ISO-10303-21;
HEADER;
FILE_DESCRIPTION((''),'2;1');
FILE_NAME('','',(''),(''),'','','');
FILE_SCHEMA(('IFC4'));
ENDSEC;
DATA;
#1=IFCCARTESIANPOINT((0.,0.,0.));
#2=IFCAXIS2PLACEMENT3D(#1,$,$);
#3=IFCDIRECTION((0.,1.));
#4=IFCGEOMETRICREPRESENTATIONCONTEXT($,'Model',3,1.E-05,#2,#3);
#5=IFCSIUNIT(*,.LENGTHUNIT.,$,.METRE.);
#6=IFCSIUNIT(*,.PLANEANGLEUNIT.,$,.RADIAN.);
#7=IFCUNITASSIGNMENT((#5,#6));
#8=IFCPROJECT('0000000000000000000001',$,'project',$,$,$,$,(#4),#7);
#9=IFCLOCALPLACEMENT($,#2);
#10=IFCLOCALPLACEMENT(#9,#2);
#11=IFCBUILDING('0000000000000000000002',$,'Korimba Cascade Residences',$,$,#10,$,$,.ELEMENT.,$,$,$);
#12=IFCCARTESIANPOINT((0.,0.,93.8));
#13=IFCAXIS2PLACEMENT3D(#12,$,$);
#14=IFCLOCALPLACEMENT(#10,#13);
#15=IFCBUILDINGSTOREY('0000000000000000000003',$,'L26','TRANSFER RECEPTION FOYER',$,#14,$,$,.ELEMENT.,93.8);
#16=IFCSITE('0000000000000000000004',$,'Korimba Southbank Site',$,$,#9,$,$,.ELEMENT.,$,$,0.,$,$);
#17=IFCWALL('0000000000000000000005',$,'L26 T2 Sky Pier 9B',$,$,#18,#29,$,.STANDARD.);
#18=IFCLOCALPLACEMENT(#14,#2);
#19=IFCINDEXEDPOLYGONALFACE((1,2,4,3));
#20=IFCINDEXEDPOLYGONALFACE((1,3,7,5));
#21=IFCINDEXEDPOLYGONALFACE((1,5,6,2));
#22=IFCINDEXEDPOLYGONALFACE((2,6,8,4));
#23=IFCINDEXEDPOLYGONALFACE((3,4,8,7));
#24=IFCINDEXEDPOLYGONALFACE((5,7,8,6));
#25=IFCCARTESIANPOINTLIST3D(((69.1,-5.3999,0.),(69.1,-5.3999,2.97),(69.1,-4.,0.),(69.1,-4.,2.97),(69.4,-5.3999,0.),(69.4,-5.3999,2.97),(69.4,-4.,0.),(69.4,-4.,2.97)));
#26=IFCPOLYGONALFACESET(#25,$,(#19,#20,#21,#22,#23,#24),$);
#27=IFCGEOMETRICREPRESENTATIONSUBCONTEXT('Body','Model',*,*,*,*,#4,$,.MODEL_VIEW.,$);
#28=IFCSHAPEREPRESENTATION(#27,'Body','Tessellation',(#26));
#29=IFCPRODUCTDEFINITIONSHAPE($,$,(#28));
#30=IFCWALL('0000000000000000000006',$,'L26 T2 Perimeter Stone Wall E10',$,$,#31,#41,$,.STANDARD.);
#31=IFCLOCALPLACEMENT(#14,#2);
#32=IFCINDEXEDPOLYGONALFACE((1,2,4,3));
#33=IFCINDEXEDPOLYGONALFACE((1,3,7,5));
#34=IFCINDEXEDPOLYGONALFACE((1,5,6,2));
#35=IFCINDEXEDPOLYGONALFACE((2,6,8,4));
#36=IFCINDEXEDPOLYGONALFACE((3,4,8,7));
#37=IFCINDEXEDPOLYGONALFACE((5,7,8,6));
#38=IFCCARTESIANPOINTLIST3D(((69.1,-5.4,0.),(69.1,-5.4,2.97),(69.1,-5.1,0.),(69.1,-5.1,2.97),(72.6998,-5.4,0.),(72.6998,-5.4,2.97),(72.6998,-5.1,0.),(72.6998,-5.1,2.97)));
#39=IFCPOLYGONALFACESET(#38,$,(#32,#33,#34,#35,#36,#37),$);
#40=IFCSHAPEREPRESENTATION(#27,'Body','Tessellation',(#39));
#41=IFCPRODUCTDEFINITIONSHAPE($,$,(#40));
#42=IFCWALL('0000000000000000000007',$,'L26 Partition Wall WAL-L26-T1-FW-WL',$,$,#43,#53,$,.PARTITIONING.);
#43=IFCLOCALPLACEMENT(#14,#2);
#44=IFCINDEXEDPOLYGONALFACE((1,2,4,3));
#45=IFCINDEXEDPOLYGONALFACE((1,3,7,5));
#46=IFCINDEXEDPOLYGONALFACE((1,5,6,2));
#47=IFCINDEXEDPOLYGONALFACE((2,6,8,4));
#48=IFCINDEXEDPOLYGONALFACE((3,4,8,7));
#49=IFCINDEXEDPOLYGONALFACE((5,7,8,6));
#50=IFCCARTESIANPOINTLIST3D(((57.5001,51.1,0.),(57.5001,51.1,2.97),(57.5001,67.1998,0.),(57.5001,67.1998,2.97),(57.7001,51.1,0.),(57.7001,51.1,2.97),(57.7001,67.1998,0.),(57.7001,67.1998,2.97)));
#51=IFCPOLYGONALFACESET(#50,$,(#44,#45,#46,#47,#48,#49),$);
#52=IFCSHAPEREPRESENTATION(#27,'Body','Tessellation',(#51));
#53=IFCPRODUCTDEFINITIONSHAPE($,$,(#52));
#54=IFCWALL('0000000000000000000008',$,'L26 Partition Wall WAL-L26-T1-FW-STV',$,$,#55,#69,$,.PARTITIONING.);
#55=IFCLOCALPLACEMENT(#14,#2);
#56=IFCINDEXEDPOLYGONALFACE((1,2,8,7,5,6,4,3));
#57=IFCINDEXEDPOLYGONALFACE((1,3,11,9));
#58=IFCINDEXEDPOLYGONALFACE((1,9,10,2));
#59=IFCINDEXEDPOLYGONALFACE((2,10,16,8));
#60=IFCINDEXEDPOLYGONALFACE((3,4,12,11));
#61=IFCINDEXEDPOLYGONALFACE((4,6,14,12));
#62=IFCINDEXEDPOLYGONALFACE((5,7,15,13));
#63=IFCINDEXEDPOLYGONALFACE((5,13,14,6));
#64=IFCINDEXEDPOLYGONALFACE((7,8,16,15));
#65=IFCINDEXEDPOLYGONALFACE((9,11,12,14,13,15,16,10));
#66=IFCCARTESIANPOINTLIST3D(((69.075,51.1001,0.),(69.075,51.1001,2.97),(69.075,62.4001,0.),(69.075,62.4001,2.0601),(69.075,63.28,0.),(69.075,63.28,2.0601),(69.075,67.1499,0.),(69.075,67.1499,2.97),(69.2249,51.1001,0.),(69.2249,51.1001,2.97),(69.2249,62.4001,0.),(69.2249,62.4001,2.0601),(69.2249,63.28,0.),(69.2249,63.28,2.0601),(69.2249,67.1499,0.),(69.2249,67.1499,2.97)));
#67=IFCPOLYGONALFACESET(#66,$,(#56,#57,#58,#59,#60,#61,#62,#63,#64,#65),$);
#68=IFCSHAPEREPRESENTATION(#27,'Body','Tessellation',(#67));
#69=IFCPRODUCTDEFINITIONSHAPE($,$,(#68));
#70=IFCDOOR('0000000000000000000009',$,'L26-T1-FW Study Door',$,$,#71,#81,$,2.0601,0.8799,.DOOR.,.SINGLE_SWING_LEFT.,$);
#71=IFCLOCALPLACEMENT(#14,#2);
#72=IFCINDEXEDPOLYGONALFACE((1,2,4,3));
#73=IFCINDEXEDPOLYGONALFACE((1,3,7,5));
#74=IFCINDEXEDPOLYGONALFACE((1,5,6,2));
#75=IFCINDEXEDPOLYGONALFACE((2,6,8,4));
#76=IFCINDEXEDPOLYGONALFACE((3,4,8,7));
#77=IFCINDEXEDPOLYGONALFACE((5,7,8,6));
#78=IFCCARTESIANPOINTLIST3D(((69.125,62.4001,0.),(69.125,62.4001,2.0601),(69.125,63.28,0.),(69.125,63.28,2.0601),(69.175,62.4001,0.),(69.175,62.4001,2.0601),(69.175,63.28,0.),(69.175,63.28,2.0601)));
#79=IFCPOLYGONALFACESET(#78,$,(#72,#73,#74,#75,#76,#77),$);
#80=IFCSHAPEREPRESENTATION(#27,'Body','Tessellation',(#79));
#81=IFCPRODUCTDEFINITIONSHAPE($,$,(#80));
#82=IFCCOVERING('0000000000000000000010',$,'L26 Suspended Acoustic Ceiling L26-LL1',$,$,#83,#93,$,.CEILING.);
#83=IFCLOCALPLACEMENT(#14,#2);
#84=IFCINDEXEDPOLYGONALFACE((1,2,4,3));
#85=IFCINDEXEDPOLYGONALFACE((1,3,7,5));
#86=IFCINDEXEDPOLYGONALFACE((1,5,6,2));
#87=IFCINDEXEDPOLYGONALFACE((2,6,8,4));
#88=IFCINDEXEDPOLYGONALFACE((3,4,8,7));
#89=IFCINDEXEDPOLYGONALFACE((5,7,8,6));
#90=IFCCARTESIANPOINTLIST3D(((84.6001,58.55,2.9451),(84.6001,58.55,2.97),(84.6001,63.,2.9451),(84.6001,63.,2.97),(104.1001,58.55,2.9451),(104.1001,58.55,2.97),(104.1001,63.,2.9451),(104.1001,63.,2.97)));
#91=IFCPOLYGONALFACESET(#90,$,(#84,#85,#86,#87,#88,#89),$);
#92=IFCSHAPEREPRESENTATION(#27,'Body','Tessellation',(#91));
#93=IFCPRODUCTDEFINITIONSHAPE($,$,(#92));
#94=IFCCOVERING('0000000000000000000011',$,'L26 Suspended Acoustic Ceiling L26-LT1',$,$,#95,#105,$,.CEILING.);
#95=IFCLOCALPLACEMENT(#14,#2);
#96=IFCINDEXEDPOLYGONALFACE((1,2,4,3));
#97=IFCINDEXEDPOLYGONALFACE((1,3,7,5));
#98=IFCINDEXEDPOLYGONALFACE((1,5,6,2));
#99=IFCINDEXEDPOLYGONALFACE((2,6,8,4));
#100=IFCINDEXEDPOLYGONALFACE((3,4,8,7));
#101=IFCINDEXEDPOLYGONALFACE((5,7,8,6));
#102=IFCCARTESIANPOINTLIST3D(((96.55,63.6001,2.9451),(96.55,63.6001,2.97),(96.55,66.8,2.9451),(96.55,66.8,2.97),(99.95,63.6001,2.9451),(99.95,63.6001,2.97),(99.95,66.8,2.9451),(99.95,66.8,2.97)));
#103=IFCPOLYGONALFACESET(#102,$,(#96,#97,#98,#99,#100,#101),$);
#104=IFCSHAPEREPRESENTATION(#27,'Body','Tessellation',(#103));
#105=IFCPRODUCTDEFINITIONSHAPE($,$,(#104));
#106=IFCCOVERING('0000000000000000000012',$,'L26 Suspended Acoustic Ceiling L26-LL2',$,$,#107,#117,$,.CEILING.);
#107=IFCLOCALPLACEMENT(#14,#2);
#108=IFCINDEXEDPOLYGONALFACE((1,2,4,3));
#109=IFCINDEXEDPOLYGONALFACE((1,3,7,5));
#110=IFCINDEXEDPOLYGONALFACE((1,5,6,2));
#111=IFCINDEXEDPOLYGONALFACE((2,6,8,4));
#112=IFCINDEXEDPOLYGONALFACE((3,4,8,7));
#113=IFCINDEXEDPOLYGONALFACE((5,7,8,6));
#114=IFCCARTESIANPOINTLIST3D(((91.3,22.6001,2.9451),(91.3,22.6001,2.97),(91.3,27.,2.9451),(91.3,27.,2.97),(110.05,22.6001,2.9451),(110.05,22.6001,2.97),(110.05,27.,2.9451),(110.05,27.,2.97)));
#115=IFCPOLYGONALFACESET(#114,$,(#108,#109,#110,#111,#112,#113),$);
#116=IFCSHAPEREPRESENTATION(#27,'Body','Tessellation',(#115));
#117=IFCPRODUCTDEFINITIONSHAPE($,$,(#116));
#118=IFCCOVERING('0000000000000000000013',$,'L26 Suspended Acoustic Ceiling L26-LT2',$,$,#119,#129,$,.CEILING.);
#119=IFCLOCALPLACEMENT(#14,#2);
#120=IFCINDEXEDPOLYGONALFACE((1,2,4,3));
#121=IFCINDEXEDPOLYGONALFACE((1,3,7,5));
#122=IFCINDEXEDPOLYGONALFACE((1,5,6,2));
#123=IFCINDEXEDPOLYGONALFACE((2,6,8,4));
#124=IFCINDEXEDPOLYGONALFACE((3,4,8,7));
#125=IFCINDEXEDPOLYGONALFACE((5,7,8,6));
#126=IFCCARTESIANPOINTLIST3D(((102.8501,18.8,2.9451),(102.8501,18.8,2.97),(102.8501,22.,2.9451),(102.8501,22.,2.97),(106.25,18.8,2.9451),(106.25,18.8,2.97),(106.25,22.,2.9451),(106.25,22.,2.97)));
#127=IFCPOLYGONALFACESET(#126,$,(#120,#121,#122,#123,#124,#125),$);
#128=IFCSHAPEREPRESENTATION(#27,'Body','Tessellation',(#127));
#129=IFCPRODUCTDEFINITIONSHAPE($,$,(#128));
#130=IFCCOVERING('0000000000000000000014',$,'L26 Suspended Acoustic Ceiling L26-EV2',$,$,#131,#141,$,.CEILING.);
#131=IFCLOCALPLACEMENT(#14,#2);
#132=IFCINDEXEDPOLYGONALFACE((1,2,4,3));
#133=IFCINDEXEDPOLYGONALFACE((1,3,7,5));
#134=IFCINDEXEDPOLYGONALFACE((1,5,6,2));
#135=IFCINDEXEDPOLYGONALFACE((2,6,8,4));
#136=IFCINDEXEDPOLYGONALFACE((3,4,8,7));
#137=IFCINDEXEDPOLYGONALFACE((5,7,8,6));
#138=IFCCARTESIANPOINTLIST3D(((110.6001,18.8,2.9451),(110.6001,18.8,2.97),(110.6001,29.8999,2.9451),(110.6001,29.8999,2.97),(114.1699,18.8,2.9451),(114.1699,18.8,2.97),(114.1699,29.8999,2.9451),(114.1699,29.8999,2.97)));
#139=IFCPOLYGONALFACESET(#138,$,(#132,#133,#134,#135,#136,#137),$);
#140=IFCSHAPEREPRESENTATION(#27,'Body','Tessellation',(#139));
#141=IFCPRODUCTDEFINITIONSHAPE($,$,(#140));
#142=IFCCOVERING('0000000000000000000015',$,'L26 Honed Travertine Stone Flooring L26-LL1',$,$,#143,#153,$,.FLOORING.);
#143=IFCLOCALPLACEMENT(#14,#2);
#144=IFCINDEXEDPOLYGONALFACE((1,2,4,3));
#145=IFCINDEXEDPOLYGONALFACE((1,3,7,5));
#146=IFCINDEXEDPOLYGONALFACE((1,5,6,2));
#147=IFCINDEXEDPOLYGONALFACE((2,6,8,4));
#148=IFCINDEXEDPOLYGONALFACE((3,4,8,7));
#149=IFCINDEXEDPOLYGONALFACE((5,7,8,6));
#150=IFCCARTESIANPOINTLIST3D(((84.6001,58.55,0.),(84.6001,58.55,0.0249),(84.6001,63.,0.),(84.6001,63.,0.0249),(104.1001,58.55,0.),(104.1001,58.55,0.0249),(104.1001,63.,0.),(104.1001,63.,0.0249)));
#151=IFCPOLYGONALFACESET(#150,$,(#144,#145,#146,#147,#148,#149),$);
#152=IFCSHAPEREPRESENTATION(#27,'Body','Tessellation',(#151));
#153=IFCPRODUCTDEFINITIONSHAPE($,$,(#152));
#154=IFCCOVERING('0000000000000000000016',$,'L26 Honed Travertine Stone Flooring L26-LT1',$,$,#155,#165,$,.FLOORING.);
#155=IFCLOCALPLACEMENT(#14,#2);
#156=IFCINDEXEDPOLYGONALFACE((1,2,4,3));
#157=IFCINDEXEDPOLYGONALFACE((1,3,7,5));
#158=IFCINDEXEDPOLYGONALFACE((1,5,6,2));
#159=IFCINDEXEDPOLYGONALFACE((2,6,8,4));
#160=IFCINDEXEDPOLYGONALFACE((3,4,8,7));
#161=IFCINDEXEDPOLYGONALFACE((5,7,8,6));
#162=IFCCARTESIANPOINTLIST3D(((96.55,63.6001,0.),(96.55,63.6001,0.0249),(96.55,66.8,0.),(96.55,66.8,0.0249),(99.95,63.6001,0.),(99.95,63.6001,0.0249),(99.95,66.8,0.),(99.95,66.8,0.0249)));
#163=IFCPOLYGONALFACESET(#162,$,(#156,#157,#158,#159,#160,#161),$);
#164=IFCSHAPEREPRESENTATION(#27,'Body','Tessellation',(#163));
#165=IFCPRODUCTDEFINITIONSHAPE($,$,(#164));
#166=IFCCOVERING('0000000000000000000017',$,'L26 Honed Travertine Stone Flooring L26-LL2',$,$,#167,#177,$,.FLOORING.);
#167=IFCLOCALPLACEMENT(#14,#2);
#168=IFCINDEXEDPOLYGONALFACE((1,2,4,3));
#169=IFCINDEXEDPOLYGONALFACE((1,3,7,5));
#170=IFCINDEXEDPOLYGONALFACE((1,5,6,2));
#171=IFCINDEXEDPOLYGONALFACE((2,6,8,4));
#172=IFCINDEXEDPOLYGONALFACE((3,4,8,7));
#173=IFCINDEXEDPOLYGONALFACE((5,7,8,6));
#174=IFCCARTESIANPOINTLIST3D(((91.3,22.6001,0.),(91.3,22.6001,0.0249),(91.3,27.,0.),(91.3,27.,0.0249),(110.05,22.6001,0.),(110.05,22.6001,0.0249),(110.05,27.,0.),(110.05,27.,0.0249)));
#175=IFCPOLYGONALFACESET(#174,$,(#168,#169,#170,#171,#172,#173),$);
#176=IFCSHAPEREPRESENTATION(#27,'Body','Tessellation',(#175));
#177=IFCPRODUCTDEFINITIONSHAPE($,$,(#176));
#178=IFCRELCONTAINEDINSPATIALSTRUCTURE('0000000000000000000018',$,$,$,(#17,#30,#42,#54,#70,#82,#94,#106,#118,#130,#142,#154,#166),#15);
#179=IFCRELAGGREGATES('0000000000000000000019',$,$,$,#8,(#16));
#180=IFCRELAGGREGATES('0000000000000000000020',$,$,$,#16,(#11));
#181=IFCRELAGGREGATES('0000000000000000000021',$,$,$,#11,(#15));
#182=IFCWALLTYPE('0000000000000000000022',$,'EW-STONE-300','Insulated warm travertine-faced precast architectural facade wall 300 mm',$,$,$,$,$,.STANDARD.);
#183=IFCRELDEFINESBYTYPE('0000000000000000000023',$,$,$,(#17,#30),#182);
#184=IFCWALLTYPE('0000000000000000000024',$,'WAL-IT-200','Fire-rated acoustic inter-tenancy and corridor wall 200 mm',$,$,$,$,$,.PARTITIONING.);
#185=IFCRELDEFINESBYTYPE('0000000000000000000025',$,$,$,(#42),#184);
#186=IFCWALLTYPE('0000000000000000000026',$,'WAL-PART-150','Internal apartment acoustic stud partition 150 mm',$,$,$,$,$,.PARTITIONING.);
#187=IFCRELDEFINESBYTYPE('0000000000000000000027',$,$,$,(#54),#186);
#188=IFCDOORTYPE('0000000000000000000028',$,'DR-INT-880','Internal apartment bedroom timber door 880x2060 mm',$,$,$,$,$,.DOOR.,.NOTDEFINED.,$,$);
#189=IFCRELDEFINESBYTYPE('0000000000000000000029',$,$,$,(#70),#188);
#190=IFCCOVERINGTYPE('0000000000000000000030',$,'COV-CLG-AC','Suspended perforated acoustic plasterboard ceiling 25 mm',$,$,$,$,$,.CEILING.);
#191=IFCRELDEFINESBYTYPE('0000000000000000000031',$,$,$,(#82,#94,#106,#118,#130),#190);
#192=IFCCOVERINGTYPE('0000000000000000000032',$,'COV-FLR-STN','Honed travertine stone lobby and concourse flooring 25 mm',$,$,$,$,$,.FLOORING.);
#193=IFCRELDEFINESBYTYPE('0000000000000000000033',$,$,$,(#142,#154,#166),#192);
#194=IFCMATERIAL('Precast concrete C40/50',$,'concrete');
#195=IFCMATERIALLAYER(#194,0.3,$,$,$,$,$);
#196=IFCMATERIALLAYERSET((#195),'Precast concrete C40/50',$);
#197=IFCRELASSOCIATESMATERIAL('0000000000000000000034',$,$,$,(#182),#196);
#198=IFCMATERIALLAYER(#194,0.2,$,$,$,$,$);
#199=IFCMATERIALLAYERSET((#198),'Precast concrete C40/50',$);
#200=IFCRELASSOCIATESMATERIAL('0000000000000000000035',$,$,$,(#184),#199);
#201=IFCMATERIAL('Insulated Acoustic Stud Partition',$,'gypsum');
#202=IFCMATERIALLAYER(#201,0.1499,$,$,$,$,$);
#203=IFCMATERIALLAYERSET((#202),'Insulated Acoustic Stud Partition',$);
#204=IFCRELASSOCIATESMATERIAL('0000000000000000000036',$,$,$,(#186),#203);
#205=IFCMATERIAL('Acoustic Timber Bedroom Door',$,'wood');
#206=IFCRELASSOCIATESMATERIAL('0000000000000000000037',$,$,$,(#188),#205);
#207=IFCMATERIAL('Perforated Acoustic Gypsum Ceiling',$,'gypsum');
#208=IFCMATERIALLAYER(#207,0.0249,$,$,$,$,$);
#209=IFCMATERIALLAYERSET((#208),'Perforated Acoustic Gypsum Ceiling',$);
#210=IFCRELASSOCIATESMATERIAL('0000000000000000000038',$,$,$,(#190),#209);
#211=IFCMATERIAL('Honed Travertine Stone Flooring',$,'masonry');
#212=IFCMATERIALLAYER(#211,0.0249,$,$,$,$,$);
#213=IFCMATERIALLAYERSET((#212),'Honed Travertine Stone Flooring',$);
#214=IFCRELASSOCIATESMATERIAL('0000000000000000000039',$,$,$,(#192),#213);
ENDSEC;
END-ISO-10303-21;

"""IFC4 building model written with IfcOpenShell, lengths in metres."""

from ifc_helpers import new_model, si_unit, direction, frame, frame_2d, origin, place, context, subcontext, project, spatial, polyline, rectangle, outline, extrude, material, layer, layer_set, type_object, element, fill, save


model = new_model("IFC4")

# Units and contexts
model_context = context("Model", 3, precision=1e-05, world=origin(), true_north=direction((0.0, 1.0)))
body_context = subcontext(model_context, "Body", "Model", "MODEL_VIEW")
ifc_project = project(units=[si_unit("LENGTHUNIT", "METRE"), si_unit("PLANEANGLEUNIT", "RADIAN")], contexts=[model_context])

# Site, building, storey
site_placement = place(None, origin())
site = spatial("IfcSite", under=ifc_project, at=site_placement, Name="Korimba Southbank Site", CompositionType="ELEMENT", RefElevation=0.0)
building_placement = place(site_placement, origin())
building = spatial("IfcBuilding", under=site, at=building_placement, Name="Korimba Cascade Residences", CompositionType="ELEMENT")
storey_placement = place(building_placement, frame((0.0, 0.0, 93.8)))
storey = spatial("IfcBuildingStorey", under=building, at=storey_placement, Name="L26", Description="TRANSFER RECEPTION FOYER", CompositionType="ELEMENT", Elevation=93.8)

# Shared definitions
ifc_material_1 = material(Name="Precast concrete C40/50", Category="concrete")

# Shared definitions
ifc_layer_1 = layer(ifc_material_1, 0.3)
ifc_layer_set_1 = layer_set([ifc_layer_1], Name="Precast concrete C40/50")
wall_type_1 = type_object("IfcWallType", Name="EW-STONE-300", Description="Insulated warm travertine-faced precast architectural facade wall 300 mm", PredefinedType="STANDARD", material=ifc_layer_set_1)

# Walls
wall_1_placement = place(storey_placement, frame((69.25, -4.0, 0.0), z_axis=(0.0, 0.0, 1.0), x_axis=(0.0, -1.0, 0.0)))
element("IfcWall", 1, at=wall_1_placement, inside=storey, type_object=wall_type_1, Name="L26 T2 Sky Pier 9B", PredefinedType="STANDARD", context=body_context, shape_type="SweptSolid", body=[
    extrude(rectangle(XDim=1.3999, YDim=0.3, at=frame_2d((0.7, 0.0))), origin(), (0.0, 0.0, 1.0), 2.97),
])
wall_2_placement = place(storey_placement, frame((69.1001, -5.25, 0.0), z_axis=(0.0, 0.0, 1.0), x_axis=(1.0, 0.0, 0.0)))
element("IfcWall", 2, at=wall_2_placement, inside=storey, type_object=wall_type_1, Name="L26 T2 Perimeter Stone Wall E10", PredefinedType="STANDARD", context=body_context, shape_type="SweptSolid", body=[
    extrude(rectangle(XDim=3.5999, YDim=0.3, at=frame_2d((1.7998, 0.0))), origin(), (0.0, 0.0, 1.0), 2.97),
])
ifc_layer_2 = layer(ifc_material_1, 0.2)
ifc_layer_set_2 = layer_set([ifc_layer_2], Name="Precast concrete C40/50")
wall_type_2 = type_object("IfcWallType", Name="WAL-IT-200", Description="Fire-rated acoustic inter-tenancy and corridor wall 200 mm", PredefinedType="PARTITIONING", material=ifc_layer_set_2)
wall_3_placement = place(storey_placement, frame((57.6001, 51.1001, 0.0), z_axis=(0.0, 0.0, 1.0), x_axis=(0.0, 1.0, 0.0)))
element("IfcWall", 3, at=wall_3_placement, inside=storey, type_object=wall_type_2, Name="L26 Partition Wall WAL-L26-T1-FW-WL", PredefinedType="PARTITIONING", context=body_context, shape_type="SweptSolid", body=[
    extrude(rectangle(XDim=16.0999, YDim=0.2, at=frame_2d((8.0498, 0.0))), origin(), (0.0, 0.0, 1.0), 2.97),
])

# Wall, opening, door
ifc_material_2 = material(Name="Insulated Acoustic Stud Partition", Category="gypsum")
ifc_layer_3 = layer(ifc_material_2, 0.1499)
ifc_layer_set_3 = layer_set([ifc_layer_3], Name="Insulated Acoustic Stud Partition")
wall_type_3 = type_object("IfcWallType", Name="WAL-PART-150", Description="Internal apartment acoustic stud partition 150 mm", PredefinedType="PARTITIONING", material=ifc_layer_set_3)
wall_4_placement = place(storey_placement, frame((69.1499, 51.1001, 0.0), z_axis=(0.0, 0.0, 1.0), x_axis=(0.0, 1.0, 0.0)))
wall_4 = element("IfcWall", 4, at=wall_4_placement, inside=storey, type_object=wall_type_3, Name="L26 Partition Wall WAL-L26-T1-FW-STV", PredefinedType="PARTITIONING", context=body_context, shape_type="SweptSolid", body=[
    extrude(rectangle(XDim=16.0498, YDim=0.1499, at=frame_2d((8.0249, 0.0))), origin(), (0.0, 0.0, 1.0), 2.97),
])
opening_1_placement = place(wall_4_placement, frame((11.3, 0.0, 0.0)))
opening_1 = element("IfcOpeningElement", 5, at=opening_1_placement, cuts=wall_4, PredefinedType="OPENING", context=body_context, shape_type="SweptSolid", body=[
    extrude(rectangle(XDim=0.8799, YDim=2.0601, at=frame_2d((0.4399, 1.03))), frame((0.0, 0.085, 0.0), z_axis=(0.0, -1.0, 0.0), x_axis=(1.0, 0.0, 0.0)), (0.0, 0.0, 1.0), 0.1699),
])
ifc_material_3 = material(Name="Acoustic Timber Bedroom Door", Category="wood")
door_type = type_object("IfcDoorType", Name="DR-INT-880", Description="Internal apartment bedroom timber door 880x2060 mm", OperationType="NOTDEFINED", PredefinedType="DOOR", material=ifc_material_3)
door_placement = place(opening_1_placement, origin())
door = element("IfcDoor", 6, at=door_placement, inside=storey, type_object=door_type, Name="L26-T1-FW Study Door", OperationType="SINGLE_SWING_LEFT", OverallHeight=2.0601, OverallWidth=0.8799, PredefinedType="DOOR", context=body_context, shape_type="SweptSolid", body=[
    extrude(rectangle(XDim=0.8799, YDim=2.0601, at=frame_2d((0.4399, 1.03))), frame((0.0, 0.0249, 0.0), z_axis=(0.0, -1.0, 0.0), x_axis=(1.0, 0.0, 0.0)), (0.0, 0.0, 1.0), 0.05),
])
fill(opening_1, door)

# Coverings
ifc_material_4 = material(Name="Perforated Acoustic Gypsum Ceiling", Category="gypsum")
ifc_layer_4 = layer(ifc_material_4, 0.0249)
ifc_layer_set_4 = layer_set([ifc_layer_4], Name="Perforated Acoustic Gypsum Ceiling")
covering_type_1 = type_object("IfcCoveringType", Name="COV-CLG-AC", Description="Suspended perforated acoustic plasterboard ceiling 25 mm", PredefinedType="CEILING", material=ifc_layer_set_4)
covering_1_placement = place(storey_placement, frame((0.0, 0.0, 2.9451)))
element("IfcCovering", 7, at=covering_1_placement, inside=storey, type_object=covering_type_1, Name="L26 Suspended Acoustic Ceiling L26-LL1", PredefinedType="CEILING", context=body_context, shape_type="SweptSolid", body=[
    extrude(outline(polyline([(84.6001, 58.55), (104.1001, 58.55), (104.1001, 63.0), (84.6001, 63.0), (84.6001, 58.55)])), origin(), (0.0, 0.0, 1.0), 0.0249),
])
covering_2_placement = place(storey_placement, frame((0.0, 0.0, 2.9451)))
element("IfcCovering", 8, at=covering_2_placement, inside=storey, type_object=covering_type_1, Name="L26 Suspended Acoustic Ceiling L26-LT1", PredefinedType="CEILING", context=body_context, shape_type="SweptSolid", body=[
    extrude(outline(polyline([(96.55, 63.6001), (99.95, 63.6001), (99.95, 66.8), (96.55, 66.8), (96.55, 63.6001)])), origin(), (0.0, 0.0, 1.0), 0.0249),
])
covering_3_placement = place(storey_placement, frame((0.0, 0.0, 2.9451)))
element("IfcCovering", 9, at=covering_3_placement, inside=storey, type_object=covering_type_1, Name="L26 Suspended Acoustic Ceiling L26-LL2", PredefinedType="CEILING", context=body_context, shape_type="SweptSolid", body=[
    extrude(outline(polyline([(91.3, 22.6001), (110.05, 22.6001), (110.05, 27.0), (91.3, 27.0), (91.3, 22.6001)])), origin(), (0.0, 0.0, 1.0), 0.0249),
])
covering_4_placement = place(storey_placement, frame((0.0, 0.0, 2.9451)))
element("IfcCovering", 10, at=covering_4_placement, inside=storey, type_object=covering_type_1, Name="L26 Suspended Acoustic Ceiling L26-LT2", PredefinedType="CEILING", context=body_context, shape_type="SweptSolid", body=[
    extrude(outline(polyline([(102.8501, 18.8), (106.25, 18.8), (106.25, 22.0), (102.8501, 22.0), (102.8501, 18.8)])), origin(), (0.0, 0.0, 1.0), 0.0249),
])
covering_5_placement = place(storey_placement, frame((0.0, 0.0, 2.9451)))
element("IfcCovering", 11, at=covering_5_placement, inside=storey, type_object=covering_type_1, Name="L26 Suspended Acoustic Ceiling L26-EV2", PredefinedType="CEILING", context=body_context, shape_type="SweptSolid", body=[
    extrude(outline(polyline([(110.6001, 18.8), (114.1699, 18.8), (114.1699, 29.8999), (110.6001, 29.8999), (110.6001, 18.8)])), origin(), (0.0, 0.0, 1.0), 0.0249),
])
ifc_material_5 = material(Name="Honed Travertine Stone Flooring", Category="masonry")
ifc_layer_5 = layer(ifc_material_5, 0.0249)
ifc_layer_set_5 = layer_set([ifc_layer_5], Name="Honed Travertine Stone Flooring")
covering_type_2 = type_object("IfcCoveringType", Name="COV-FLR-STN", Description="Honed travertine stone lobby and concourse flooring 25 mm", PredefinedType="FLOORING", material=ifc_layer_set_5)
covering_6_placement = place(storey_placement, origin())
element("IfcCovering", 12, at=covering_6_placement, inside=storey, type_object=covering_type_2, Name="L26 Honed Travertine Stone Flooring L26-LL1", PredefinedType="FLOORING", context=body_context, shape_type="SweptSolid", body=[
    extrude(outline(polyline([(84.6001, 58.55), (104.1001, 58.55), (104.1001, 63.0), (84.6001, 63.0), (84.6001, 58.55)])), origin(), (0.0, 0.0, 1.0), 0.0249),
])
covering_7_placement = place(storey_placement, origin())
element("IfcCovering", 13, at=covering_7_placement, inside=storey, type_object=covering_type_2, Name="L26 Honed Travertine Stone Flooring L26-LT1", PredefinedType="FLOORING", context=body_context, shape_type="SweptSolid", body=[
    extrude(outline(polyline([(96.55, 63.6001), (99.95, 63.6001), (99.95, 66.8), (96.55, 66.8), (96.55, 63.6001)])), origin(), (0.0, 0.0, 1.0), 0.0249),
])
covering_8_placement = place(storey_placement, origin())
element("IfcCovering", 14, at=covering_8_placement, inside=storey, type_object=covering_type_2, Name="L26 Honed Travertine Stone Flooring L26-LL2", PredefinedType="FLOORING", context=body_context, shape_type="SweptSolid", body=[
    extrude(outline(polyline([(91.3, 22.6001), (110.05, 22.6001), (110.05, 27.0), (91.3, 27.0), (91.3, 22.6001)])), origin(), (0.0, 0.0, 1.0), 0.0249),
])

save(model, "model.ifc")
